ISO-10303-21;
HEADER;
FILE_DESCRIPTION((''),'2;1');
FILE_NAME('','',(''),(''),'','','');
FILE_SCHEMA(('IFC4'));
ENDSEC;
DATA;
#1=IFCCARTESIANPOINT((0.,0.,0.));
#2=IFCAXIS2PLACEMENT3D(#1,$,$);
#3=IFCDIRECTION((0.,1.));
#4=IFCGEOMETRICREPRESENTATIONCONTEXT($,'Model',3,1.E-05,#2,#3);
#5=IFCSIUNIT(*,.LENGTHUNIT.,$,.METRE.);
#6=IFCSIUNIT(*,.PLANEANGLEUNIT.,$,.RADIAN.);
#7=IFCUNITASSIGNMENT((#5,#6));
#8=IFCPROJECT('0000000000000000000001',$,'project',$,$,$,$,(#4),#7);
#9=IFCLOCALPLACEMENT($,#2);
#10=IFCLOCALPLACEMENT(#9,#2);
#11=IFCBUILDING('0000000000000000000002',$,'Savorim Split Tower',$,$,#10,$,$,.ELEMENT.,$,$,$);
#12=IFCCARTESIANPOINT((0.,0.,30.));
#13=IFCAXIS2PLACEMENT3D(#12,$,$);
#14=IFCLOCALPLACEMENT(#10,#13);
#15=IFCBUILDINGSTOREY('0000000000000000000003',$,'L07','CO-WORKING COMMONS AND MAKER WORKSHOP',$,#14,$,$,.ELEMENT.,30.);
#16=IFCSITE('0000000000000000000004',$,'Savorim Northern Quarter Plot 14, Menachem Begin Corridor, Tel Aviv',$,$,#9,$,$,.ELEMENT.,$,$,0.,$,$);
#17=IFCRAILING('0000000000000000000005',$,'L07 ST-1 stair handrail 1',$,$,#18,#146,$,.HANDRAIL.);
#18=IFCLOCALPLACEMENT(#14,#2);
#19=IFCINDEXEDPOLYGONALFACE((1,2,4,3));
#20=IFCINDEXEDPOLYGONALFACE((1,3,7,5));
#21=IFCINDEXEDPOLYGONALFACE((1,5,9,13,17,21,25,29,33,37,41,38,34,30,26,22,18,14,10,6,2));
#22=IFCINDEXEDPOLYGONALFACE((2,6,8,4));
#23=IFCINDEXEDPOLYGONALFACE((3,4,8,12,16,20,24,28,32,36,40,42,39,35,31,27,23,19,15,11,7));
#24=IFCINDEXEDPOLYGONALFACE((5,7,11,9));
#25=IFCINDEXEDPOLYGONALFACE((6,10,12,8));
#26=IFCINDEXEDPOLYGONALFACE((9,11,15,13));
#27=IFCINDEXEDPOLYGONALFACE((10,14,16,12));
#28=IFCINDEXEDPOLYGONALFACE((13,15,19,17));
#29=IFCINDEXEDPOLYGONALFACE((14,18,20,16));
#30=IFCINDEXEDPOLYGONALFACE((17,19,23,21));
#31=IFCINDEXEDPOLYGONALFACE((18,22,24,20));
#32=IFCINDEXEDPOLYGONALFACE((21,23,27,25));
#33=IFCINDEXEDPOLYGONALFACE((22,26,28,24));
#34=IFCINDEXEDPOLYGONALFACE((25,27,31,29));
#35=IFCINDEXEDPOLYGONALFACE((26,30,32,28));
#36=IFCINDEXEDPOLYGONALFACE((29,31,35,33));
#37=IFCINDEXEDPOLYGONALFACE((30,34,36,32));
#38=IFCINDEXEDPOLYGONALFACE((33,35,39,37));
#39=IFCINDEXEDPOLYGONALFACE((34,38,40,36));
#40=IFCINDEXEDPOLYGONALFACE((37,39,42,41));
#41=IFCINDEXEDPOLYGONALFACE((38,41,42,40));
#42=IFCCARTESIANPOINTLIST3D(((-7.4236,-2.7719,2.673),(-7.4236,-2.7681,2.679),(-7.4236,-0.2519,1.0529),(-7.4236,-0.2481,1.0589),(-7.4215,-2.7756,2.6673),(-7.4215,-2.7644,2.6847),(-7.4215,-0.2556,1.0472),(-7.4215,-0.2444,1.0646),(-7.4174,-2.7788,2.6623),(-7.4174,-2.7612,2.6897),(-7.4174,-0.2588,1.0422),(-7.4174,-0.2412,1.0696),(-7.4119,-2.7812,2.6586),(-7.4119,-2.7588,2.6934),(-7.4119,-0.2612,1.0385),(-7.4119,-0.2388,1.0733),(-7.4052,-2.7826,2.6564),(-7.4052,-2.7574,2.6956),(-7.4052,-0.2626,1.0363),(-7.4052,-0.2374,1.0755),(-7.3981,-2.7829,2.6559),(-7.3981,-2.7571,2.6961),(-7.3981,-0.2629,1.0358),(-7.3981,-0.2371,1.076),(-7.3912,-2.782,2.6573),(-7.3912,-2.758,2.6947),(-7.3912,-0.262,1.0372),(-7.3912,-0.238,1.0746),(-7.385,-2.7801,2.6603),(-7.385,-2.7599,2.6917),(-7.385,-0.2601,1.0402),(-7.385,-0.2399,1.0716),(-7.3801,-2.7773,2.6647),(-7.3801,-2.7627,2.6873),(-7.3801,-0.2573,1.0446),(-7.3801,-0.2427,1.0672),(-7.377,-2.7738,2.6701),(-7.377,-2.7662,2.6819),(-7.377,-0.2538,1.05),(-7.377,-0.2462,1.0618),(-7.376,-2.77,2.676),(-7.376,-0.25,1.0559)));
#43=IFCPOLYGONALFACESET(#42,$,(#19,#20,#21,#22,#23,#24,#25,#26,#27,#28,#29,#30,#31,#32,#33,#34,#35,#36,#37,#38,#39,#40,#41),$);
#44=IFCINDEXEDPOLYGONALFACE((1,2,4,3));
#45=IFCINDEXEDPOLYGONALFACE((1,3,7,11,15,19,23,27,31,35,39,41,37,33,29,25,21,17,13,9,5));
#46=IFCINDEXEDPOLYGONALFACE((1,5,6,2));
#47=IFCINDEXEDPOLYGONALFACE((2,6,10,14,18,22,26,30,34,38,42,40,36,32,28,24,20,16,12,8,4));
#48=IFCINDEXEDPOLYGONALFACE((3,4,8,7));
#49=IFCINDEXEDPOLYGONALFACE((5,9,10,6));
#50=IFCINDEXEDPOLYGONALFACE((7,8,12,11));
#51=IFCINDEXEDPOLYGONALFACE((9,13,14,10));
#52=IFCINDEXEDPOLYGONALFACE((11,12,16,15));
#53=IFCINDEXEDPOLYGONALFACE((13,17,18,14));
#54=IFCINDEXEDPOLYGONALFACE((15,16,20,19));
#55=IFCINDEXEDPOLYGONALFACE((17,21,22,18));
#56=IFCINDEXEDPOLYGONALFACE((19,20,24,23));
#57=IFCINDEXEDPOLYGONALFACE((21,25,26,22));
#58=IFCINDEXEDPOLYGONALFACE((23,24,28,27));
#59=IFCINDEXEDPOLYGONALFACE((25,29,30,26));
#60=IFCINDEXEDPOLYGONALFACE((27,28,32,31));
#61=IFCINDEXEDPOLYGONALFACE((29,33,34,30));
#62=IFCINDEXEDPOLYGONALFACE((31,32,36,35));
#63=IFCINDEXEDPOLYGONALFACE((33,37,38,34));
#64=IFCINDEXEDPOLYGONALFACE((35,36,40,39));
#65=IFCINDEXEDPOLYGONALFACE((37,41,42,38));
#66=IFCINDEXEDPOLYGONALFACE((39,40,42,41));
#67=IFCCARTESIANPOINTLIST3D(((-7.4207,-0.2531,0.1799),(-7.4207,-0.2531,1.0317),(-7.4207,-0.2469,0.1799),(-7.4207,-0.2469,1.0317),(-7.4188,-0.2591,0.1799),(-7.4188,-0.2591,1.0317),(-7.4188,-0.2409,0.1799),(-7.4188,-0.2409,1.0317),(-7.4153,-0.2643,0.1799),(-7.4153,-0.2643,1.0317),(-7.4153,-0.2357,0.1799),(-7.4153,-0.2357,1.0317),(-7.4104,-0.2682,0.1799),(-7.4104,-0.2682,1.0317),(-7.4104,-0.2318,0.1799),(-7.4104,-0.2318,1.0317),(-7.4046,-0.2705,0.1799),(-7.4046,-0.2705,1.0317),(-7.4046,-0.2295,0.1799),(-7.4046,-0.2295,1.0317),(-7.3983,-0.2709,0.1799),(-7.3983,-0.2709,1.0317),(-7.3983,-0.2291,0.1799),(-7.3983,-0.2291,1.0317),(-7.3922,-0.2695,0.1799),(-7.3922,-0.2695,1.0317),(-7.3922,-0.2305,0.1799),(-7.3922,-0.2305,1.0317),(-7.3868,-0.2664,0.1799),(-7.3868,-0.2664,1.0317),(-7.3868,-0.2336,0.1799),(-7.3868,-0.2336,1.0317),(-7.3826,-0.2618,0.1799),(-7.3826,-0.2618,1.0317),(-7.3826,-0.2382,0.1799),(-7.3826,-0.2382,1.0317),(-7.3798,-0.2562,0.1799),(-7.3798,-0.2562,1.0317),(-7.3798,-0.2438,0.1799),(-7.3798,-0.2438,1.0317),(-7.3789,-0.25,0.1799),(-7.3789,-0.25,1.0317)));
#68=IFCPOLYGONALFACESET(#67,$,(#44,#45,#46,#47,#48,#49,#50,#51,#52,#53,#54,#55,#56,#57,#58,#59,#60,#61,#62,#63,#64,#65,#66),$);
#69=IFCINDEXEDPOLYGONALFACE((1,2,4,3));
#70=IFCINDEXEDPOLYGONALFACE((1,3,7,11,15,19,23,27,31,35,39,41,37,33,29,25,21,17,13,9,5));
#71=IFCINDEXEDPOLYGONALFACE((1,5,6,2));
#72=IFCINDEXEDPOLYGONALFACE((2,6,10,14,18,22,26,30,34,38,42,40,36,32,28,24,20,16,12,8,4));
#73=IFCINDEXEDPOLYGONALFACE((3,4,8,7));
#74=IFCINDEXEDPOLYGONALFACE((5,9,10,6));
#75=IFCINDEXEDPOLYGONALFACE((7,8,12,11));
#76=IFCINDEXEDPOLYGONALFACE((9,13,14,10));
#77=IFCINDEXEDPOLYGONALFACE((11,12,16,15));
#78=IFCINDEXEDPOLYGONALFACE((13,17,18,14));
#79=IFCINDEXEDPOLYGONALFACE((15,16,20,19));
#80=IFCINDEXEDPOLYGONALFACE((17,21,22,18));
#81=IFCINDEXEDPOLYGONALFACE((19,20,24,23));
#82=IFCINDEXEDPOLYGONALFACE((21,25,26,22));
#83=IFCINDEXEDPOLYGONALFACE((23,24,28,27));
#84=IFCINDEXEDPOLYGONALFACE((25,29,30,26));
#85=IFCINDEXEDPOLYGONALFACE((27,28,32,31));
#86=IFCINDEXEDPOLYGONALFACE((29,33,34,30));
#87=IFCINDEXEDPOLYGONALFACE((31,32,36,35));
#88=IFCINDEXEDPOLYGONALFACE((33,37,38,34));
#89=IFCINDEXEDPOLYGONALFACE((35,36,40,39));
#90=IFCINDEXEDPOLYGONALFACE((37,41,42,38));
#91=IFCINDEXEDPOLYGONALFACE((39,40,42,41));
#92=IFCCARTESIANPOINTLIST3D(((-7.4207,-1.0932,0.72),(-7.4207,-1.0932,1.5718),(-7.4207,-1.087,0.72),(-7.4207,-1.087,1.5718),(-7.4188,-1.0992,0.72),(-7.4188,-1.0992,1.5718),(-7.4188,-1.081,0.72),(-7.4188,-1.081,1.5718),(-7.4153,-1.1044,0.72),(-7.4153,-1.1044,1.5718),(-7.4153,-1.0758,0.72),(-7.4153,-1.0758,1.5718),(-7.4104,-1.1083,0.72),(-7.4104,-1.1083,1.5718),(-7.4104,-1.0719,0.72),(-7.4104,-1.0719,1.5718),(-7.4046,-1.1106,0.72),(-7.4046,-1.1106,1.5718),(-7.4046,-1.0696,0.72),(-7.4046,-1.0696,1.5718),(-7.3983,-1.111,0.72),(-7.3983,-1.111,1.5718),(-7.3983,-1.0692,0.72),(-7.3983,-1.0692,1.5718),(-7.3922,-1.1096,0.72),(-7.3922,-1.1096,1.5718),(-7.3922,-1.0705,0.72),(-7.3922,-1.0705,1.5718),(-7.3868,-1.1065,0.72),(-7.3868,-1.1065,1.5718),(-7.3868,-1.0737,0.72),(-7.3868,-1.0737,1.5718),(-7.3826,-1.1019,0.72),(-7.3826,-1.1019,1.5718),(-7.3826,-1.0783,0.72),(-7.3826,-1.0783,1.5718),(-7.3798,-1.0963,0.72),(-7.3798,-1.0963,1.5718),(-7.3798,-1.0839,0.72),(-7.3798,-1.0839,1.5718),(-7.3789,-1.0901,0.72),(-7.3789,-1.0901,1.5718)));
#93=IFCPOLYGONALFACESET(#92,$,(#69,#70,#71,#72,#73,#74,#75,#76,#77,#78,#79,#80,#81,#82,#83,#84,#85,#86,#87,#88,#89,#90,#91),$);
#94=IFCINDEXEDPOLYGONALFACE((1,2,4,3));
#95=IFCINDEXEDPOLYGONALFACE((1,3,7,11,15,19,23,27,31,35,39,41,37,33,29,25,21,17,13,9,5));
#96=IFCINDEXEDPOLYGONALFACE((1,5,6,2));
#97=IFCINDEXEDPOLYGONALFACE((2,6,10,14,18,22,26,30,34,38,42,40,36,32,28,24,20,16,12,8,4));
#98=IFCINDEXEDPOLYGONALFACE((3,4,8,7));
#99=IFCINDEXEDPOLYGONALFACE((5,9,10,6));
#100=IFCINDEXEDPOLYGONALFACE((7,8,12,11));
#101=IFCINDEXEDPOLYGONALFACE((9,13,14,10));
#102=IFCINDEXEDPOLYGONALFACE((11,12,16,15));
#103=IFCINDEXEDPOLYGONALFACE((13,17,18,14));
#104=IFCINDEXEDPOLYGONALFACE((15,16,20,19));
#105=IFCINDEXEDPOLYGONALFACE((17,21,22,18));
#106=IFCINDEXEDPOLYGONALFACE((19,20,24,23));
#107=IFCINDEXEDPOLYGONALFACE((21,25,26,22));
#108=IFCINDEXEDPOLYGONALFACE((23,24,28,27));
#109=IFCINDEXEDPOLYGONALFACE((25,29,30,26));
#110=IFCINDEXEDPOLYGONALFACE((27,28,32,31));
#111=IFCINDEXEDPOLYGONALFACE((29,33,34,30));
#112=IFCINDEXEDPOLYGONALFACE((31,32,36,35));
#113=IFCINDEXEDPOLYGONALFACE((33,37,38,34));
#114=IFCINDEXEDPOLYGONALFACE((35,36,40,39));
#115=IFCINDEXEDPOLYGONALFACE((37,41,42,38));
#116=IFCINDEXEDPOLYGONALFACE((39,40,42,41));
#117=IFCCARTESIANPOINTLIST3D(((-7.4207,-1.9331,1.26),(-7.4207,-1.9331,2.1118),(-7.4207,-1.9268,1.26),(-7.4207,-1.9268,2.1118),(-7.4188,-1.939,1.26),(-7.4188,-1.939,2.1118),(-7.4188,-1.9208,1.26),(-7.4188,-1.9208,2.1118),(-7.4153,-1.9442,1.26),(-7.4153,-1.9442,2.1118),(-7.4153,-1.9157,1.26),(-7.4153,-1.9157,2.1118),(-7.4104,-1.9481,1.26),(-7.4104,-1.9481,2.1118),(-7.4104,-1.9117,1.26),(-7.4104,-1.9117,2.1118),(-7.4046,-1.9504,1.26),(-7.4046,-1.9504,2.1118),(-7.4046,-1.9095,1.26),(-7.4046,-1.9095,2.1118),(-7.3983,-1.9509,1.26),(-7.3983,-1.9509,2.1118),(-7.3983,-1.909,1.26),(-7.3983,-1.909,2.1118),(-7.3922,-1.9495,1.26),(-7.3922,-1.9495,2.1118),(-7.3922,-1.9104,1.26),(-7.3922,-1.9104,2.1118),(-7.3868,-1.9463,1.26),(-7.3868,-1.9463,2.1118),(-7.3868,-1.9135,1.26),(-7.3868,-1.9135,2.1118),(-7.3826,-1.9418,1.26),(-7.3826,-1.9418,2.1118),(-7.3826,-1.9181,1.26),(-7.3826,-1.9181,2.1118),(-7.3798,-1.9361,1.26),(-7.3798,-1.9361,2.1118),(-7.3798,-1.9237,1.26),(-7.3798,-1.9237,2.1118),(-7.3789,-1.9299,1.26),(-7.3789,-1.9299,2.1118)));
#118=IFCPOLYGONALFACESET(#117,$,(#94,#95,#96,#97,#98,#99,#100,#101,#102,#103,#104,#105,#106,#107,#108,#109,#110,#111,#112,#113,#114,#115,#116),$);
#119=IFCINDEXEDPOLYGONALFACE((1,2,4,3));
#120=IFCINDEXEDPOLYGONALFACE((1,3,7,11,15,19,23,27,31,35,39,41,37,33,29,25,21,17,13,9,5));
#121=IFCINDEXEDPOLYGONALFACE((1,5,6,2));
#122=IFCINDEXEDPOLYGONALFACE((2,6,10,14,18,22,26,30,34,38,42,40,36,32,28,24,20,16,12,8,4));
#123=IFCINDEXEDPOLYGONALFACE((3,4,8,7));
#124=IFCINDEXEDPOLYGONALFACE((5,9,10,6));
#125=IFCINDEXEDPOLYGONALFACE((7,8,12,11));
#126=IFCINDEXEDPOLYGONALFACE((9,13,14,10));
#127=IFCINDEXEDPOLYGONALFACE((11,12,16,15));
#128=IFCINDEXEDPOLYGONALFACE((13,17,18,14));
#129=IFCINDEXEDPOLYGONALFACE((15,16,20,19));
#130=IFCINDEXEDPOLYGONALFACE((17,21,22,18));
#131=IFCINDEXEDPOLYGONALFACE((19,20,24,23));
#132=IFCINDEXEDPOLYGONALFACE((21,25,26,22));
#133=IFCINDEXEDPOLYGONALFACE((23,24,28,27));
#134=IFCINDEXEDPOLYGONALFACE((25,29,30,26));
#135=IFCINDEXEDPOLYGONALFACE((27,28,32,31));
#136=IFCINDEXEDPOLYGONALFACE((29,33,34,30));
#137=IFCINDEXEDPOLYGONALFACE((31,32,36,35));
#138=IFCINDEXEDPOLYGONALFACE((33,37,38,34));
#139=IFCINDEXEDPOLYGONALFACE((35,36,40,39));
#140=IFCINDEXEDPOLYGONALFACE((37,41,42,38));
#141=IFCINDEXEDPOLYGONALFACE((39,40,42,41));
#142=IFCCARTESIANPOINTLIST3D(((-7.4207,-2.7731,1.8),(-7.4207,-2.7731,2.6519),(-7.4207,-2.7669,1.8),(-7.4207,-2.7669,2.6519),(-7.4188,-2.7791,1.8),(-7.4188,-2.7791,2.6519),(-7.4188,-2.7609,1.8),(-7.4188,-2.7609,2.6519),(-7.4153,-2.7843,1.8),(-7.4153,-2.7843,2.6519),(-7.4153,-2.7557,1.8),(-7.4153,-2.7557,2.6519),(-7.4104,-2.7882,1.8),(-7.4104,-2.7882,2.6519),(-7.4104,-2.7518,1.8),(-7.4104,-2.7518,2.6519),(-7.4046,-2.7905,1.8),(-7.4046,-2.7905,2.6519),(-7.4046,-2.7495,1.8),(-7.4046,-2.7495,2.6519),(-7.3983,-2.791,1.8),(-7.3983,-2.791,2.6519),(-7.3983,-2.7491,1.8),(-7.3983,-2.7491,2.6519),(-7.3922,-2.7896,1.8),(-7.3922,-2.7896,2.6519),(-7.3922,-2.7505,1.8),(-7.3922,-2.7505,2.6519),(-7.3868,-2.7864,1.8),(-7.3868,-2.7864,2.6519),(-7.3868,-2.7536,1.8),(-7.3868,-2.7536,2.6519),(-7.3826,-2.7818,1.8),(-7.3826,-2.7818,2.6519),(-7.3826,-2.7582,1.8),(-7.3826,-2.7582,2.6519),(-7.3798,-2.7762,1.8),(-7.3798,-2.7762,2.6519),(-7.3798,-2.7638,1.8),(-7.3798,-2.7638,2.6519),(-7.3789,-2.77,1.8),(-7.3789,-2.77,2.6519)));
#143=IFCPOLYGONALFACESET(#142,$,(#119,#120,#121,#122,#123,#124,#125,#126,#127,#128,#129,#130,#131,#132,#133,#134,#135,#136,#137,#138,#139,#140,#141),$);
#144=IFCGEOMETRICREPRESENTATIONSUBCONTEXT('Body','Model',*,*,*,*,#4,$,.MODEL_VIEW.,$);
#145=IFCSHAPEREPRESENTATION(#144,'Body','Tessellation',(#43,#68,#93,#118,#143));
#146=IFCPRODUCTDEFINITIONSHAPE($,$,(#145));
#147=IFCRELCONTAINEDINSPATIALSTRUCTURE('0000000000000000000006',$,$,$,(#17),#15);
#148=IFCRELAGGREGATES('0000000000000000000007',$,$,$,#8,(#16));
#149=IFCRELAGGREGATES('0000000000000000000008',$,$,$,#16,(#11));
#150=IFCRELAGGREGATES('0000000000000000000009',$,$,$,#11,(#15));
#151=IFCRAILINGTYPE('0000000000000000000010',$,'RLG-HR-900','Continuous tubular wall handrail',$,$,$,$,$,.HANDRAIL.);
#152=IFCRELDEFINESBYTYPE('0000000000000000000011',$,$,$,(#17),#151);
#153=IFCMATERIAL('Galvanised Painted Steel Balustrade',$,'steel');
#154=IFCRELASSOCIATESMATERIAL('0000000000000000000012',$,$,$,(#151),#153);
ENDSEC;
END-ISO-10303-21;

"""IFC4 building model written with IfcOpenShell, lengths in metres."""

from ifc_helpers import new_model, si_unit, direction, frame, origin, origin_2d, place, context, subcontext, project, spatial, circle, extrude, material, type_object, element, save


model = new_model("IFC4")

# Units and contexts
model_context = context("Model", 3, precision=1e-05, world=origin(), true_north=direction((0.0, 1.0)))
body_context = subcontext(model_context, "Body", "Model", "MODEL_VIEW")
ifc_project = project(units=[si_unit("LENGTHUNIT", "METRE"), si_unit("PLANEANGLEUNIT", "RADIAN")], contexts=[model_context])

# Site, building, storey
site_placement = place(None, origin())
site = spatial("IfcSite", under=ifc_project, at=site_placement, Name="Savorim Northern Quarter Plot 14, Menachem Begin Corridor, Tel Aviv", CompositionType="ELEMENT", RefElevation=0.0)
building_placement = place(site_placement, origin())
building = spatial("IfcBuilding", under=site, at=building_placement, Name="Savorim Split Tower", CompositionType="ELEMENT")
storey_placement = place(building_placement, frame((0.0, 0.0, 30.0)))
storey = spatial("IfcBuildingStorey", under=building, at=storey_placement, Name="L07", Description="CO-WORKING COMMONS AND MAKER WORKSHOP", CompositionType="ELEMENT", Elevation=30.0)

# Railing
ifc_material_1 = material(Name="Galvanised Painted Steel Balustrade", Category="steel")
railing_type_1 = type_object("IfcRailingType", Name="RLG-HR-900", Description="Continuous tubular wall handrail", PredefinedType="HANDRAIL", material=ifc_material_1)
railing_1_placement = place(storey_placement, frame((-7.3999, -0.25, 0.1799)))
element("IfcRailing", 1, at=railing_1_placement, inside=storey, type_object=railing_type_1, Name="L07 ST-1 stair handrail 1", PredefinedType="HANDRAIL", context=body_context, shape_type="SweptSolid", body=[
    extrude(circle(Radius=0.0239, at=origin_2d()), frame((0.0, 0.0, 0.876), z_axis=(0.0, -0.841163, 0.540782), x_axis=(1.0, 0.0, 0.0)), (0.0, 0.0, 1.0), 2.9958),
    extrude(circle(Radius=0.021, at=origin_2d()), origin(), (0.0, 0.0, 1.0), 0.8518),
    extrude(circle(Radius=0.021, at=origin_2d()), frame((0.0, -0.8401, 0.54)), (0.0, 0.0, 1.0), 0.8518),
    extrude(circle(Radius=0.021, at=origin_2d()), frame((0.0, -1.6799, 1.0801)), (0.0, 0.0, 1.0), 0.8518),
    extrude(circle(Radius=0.021, at=origin_2d()), frame((0.0, -2.52, 1.6201)), (0.0, 0.0, 1.0), 0.8518),
])

save(model, "model.ifc")
